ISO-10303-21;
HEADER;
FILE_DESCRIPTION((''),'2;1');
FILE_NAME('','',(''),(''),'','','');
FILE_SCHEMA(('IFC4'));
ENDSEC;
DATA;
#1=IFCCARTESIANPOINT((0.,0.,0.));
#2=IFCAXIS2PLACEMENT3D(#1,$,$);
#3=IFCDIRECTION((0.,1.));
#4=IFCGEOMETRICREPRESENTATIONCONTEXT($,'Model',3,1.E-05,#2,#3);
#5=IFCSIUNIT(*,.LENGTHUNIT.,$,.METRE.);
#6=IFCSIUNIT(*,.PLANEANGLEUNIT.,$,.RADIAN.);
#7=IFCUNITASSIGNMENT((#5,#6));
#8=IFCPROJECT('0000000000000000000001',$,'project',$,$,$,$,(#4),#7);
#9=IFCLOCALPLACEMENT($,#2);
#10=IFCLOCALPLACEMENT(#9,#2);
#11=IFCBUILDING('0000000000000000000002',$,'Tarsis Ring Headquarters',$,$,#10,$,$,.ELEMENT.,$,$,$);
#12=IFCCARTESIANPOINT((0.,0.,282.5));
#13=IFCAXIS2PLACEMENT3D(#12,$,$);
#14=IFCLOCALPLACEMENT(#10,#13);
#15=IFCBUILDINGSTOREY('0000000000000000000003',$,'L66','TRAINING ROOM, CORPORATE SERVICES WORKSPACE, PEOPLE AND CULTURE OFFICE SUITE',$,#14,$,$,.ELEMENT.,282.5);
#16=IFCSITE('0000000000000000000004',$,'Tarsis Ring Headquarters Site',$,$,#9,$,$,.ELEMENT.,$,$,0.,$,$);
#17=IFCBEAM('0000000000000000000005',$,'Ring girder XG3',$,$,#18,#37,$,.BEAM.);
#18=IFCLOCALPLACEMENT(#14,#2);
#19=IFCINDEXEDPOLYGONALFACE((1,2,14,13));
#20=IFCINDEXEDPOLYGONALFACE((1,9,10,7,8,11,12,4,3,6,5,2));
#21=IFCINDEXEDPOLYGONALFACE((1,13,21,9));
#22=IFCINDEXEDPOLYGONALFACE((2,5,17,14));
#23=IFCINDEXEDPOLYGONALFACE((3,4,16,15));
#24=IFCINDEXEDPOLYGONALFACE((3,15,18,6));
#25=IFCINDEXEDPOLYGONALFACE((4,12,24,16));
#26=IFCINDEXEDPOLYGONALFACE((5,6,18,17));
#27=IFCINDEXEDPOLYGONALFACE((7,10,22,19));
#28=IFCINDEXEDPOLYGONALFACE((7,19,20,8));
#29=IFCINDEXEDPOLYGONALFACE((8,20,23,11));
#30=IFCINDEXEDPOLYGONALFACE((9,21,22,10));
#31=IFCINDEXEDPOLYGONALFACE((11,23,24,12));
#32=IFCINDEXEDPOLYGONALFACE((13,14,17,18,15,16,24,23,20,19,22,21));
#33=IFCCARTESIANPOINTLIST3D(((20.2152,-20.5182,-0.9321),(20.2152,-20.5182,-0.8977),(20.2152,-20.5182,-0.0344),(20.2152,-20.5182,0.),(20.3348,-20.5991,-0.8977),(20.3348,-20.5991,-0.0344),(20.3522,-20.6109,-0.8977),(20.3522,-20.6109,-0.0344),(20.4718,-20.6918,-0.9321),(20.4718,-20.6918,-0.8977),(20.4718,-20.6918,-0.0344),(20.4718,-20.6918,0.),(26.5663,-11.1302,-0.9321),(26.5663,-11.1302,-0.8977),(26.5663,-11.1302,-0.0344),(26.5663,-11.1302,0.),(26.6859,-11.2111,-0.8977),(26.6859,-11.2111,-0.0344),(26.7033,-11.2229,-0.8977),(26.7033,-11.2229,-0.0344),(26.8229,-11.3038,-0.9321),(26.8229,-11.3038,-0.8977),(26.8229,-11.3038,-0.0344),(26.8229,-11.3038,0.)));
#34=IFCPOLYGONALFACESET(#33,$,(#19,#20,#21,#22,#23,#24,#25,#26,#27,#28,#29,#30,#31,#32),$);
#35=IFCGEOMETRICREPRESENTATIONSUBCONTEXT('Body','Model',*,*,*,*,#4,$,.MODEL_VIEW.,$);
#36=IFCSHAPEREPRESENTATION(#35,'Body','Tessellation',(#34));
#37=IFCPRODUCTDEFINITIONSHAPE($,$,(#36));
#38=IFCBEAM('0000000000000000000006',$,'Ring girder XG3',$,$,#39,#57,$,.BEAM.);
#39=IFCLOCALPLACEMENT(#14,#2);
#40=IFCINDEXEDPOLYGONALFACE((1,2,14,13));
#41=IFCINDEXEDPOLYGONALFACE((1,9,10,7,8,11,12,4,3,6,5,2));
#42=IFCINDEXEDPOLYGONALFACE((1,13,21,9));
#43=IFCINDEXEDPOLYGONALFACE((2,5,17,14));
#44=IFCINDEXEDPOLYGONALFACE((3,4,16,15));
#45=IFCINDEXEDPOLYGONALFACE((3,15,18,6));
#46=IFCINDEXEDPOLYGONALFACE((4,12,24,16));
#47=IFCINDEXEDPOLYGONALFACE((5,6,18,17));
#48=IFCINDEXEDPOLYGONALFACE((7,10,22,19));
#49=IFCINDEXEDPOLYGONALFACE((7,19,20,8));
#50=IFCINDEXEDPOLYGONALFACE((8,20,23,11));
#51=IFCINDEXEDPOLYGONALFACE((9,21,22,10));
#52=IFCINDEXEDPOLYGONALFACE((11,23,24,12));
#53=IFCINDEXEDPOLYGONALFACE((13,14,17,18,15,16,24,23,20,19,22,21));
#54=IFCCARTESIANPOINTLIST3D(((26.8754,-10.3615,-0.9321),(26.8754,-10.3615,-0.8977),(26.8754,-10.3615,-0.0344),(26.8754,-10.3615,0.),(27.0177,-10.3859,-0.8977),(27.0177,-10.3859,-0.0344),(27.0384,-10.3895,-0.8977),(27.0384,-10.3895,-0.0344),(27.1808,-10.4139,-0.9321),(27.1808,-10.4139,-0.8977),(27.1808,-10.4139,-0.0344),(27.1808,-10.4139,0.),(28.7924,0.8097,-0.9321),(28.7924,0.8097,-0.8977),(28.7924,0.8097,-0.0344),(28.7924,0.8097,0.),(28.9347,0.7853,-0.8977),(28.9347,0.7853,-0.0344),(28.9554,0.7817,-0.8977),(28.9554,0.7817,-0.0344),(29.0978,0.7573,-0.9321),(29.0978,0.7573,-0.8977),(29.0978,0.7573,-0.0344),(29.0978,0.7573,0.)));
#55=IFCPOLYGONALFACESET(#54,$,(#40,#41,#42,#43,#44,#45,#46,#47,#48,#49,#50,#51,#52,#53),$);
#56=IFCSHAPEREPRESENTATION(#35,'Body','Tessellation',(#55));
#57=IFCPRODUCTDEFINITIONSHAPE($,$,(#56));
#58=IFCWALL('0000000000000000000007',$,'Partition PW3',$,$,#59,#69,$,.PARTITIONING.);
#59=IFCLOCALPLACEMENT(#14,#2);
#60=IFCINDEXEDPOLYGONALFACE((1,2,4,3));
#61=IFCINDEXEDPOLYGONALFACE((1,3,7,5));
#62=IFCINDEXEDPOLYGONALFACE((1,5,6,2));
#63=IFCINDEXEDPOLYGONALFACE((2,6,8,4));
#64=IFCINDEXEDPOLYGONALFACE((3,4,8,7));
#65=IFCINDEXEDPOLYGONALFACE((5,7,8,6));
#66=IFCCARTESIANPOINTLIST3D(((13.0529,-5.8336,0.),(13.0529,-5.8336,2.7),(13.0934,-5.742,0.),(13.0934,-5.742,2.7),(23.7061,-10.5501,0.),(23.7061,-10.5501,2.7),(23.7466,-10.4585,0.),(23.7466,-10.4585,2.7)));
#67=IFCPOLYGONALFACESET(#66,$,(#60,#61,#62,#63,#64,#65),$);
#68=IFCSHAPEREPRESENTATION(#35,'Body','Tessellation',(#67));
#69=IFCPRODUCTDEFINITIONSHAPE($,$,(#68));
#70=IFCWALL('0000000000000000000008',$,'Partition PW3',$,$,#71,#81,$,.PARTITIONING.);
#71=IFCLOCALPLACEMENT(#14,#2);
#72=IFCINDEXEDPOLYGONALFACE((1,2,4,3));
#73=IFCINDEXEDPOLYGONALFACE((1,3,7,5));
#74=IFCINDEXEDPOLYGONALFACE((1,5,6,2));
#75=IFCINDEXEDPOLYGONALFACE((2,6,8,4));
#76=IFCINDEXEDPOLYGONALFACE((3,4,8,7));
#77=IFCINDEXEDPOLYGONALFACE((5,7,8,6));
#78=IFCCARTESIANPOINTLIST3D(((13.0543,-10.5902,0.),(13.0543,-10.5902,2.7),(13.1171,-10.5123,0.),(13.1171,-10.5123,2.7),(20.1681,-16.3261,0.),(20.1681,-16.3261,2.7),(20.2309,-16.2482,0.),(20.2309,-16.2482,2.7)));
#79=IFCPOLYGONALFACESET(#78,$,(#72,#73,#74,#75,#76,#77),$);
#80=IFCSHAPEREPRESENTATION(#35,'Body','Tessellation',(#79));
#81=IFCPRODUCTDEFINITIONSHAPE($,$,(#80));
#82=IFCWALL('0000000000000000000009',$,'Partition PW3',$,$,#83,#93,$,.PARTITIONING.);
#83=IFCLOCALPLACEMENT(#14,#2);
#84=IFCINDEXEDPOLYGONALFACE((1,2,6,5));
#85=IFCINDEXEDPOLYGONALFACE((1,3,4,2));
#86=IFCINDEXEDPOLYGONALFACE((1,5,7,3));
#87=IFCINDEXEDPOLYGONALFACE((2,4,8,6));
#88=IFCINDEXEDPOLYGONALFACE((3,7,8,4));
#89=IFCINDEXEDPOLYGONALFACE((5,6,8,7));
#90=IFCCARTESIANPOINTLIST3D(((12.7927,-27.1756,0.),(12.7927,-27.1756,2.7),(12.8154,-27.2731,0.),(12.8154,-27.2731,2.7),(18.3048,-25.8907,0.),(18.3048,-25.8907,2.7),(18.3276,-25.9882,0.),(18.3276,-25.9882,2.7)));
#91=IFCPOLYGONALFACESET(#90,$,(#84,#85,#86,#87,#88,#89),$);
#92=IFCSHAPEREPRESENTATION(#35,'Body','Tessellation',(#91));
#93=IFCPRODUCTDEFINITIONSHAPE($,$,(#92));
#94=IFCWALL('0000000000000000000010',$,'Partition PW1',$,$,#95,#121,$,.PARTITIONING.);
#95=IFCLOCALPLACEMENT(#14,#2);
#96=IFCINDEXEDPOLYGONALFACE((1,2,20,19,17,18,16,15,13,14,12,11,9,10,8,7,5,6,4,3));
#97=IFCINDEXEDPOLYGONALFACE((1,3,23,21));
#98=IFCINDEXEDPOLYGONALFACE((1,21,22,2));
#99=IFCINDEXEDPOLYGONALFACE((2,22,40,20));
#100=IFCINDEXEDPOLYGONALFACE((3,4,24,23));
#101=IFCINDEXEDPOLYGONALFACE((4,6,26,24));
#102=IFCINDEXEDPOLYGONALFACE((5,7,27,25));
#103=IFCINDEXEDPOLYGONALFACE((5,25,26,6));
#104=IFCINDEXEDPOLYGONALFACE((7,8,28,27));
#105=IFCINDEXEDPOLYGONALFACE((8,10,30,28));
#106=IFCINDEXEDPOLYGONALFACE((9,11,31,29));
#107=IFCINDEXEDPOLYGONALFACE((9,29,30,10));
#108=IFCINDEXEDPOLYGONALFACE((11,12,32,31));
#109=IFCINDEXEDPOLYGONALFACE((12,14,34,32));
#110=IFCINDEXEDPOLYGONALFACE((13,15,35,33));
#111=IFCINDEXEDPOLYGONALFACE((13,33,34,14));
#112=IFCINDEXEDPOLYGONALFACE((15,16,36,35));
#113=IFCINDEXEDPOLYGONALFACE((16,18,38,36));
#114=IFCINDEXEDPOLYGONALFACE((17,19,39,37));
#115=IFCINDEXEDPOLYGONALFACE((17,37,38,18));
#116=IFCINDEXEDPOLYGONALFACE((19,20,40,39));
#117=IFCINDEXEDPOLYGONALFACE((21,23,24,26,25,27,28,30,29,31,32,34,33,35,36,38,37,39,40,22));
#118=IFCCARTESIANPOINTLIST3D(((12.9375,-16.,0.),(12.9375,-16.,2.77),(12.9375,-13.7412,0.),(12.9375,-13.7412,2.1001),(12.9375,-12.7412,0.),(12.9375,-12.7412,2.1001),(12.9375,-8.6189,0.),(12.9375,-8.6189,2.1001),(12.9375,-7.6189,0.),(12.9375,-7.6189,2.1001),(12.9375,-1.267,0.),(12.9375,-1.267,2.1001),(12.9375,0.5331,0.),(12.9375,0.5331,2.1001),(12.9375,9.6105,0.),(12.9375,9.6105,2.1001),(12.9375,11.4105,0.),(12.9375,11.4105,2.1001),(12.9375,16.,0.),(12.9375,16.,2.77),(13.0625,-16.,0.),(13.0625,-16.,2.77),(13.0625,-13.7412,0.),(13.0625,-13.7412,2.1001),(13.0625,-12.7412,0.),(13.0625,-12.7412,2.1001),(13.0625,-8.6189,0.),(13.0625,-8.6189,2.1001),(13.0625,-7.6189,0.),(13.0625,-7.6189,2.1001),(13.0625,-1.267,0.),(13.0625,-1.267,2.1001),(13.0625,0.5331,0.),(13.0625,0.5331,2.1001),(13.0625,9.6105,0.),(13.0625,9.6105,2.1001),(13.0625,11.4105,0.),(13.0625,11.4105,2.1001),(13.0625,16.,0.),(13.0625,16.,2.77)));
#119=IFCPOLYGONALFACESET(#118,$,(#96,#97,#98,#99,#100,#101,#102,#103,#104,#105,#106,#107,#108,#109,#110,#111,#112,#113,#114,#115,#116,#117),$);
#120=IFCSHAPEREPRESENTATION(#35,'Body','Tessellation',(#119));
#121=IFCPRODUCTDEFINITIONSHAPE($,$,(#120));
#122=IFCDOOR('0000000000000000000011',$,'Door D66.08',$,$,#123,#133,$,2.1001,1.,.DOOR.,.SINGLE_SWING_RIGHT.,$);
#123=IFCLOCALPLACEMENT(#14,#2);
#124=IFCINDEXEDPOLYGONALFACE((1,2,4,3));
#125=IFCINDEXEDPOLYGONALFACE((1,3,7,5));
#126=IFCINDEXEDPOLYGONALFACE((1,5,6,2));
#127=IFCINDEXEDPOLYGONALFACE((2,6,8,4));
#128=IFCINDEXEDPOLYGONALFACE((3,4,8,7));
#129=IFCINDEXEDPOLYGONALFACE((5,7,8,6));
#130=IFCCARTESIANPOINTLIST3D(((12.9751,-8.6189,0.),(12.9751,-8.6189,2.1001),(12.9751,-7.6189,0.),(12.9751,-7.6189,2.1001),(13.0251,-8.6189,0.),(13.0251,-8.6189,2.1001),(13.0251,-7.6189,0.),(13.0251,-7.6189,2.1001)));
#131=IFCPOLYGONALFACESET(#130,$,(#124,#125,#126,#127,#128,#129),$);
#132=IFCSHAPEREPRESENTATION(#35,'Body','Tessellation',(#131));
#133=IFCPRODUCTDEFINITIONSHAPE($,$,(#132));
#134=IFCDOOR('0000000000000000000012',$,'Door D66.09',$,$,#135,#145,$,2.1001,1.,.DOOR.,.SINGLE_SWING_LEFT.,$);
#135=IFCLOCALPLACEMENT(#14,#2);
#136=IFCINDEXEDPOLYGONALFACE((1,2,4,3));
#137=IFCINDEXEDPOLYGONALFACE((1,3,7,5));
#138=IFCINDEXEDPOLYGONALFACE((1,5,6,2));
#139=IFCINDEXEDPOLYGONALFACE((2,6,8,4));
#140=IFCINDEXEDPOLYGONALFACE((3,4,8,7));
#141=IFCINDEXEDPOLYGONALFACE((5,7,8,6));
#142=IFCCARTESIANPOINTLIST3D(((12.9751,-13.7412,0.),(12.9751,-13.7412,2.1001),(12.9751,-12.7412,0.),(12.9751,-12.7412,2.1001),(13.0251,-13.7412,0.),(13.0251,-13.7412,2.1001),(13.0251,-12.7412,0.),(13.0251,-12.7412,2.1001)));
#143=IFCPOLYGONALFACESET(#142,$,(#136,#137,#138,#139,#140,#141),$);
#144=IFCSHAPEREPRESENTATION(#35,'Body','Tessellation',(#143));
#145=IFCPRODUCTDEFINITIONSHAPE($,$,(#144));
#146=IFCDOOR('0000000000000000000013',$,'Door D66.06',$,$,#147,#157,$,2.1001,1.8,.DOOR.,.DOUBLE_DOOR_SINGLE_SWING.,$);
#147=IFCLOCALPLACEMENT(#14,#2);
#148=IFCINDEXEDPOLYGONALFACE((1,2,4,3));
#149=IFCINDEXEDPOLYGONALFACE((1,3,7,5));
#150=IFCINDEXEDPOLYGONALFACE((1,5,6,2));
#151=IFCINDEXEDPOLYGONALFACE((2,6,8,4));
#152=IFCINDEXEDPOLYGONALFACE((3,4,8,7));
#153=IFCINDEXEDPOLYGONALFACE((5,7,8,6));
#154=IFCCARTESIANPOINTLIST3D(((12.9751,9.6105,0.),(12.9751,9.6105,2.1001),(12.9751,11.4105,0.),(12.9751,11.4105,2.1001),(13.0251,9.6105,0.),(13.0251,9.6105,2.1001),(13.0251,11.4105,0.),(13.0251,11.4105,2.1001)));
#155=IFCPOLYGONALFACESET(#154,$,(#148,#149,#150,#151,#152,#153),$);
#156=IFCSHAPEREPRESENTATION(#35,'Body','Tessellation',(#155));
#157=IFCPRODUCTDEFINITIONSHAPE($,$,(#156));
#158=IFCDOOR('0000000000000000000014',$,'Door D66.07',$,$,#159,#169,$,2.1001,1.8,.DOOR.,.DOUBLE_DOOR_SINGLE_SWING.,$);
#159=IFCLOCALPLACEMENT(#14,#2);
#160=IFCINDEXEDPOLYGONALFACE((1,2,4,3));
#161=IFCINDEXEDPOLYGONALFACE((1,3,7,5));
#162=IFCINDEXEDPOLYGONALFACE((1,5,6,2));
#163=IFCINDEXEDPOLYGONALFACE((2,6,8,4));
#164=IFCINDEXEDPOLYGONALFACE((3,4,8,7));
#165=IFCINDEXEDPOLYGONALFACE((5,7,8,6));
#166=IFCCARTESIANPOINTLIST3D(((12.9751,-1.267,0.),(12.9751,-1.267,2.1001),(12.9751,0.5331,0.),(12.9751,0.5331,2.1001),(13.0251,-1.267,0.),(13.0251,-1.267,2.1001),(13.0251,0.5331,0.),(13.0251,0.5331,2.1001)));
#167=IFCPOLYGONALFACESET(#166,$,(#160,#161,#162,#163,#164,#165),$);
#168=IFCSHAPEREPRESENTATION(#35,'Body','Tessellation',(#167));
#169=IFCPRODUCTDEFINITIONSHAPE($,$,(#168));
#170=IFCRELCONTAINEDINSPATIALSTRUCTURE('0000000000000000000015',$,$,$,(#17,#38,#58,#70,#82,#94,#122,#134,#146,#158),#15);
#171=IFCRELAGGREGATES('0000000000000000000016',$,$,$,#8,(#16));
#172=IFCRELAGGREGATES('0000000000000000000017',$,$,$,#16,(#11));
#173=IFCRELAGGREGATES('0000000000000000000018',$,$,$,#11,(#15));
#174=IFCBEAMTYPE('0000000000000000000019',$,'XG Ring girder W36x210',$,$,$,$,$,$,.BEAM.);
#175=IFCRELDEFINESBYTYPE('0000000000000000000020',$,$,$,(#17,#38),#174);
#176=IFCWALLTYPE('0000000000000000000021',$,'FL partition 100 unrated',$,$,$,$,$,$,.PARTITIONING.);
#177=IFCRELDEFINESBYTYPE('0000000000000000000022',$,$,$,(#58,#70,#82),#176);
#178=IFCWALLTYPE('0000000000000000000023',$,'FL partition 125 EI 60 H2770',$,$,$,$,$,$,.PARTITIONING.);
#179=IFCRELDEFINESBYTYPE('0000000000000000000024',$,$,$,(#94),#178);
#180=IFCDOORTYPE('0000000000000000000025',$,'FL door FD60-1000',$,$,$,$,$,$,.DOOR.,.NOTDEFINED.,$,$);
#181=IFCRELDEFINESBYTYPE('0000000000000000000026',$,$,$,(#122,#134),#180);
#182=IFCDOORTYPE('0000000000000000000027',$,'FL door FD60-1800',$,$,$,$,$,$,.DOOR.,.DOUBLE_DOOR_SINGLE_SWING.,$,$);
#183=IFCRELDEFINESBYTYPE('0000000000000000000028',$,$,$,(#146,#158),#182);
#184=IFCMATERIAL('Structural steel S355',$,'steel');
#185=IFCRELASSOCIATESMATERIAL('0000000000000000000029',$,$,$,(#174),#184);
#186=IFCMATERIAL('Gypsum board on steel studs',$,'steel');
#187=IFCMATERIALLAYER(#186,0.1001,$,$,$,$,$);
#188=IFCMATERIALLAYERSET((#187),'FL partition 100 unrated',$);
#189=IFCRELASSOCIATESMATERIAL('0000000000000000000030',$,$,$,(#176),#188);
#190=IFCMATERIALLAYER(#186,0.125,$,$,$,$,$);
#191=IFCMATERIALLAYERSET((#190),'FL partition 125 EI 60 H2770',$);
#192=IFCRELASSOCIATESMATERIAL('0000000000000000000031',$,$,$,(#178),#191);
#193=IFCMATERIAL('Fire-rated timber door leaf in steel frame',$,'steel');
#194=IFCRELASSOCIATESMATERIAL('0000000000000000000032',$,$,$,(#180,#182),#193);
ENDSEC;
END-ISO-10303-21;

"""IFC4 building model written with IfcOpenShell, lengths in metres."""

from ifc_helpers import new_model, si_unit, direction, frame, frame_2d, origin, origin_2d, place, context, subcontext, project, spatial, rectangle, i_section, extrude, material, layer, layer_set, material_profile, profile_set, type_object, element, fill, save


model = new_model("IFC4")

# Units and contexts
model_context = context("Model", 3, precision=1e-05, world=origin(), true_north=direction((0.0, 1.0)))
body_context = subcontext(model_context, "Body", "Model", "MODEL_VIEW")
ifc_project = project(units=[si_unit("LENGTHUNIT", "METRE"), si_unit("PLANEANGLEUNIT", "RADIAN")], contexts=[model_context])

# Site, building, storey
site_placement = place(None, origin())
site = spatial("IfcSite", under=ifc_project, at=site_placement, Name="Tarsis Ring Headquarters Site", CompositionType="ELEMENT", RefElevation=0.0)
building_placement = place(site_placement, origin())
building = spatial("IfcBuilding", under=site, at=building_placement, Name="Tarsis Ring Headquarters", CompositionType="ELEMENT")
storey_placement = place(building_placement, frame((0.0, 0.0, 282.5)))
storey = spatial("IfcBuildingStorey", under=building, at=storey_placement, Name="L66", Description="TRAINING ROOM, CORPORATE SERVICES WORKSPACE, PEOPLE AND CULTURE OFFICE SUITE", CompositionType="ELEMENT", Elevation=282.5)

# Shared definitions
ifc_material_1 = material(Name="Structural steel S355", Category="steel")

# Beams
ifc_material_profile_1 = material_profile(ifc_material_1, i_section(OverallWidth=0.3098, OverallDepth=0.9321, WebThickness=0.021, FlangeThickness=0.0344, at=origin_2d()), Name="W36x210")
ifc_profile_set_1 = profile_set([ifc_material_profile_1], Name="Structural steel S355")
beam_type_1 = type_object("IfcBeamType", Name="XG Ring girder W36x210", PredefinedType="BEAM", material=ifc_profile_set_1)
for number, where, z_axis, x_axis, name in (
    (1, (20.3435, -20.605, -0.4661), (0.560334, 0.828267, 0.0), (-0.828267, 0.560334, 0.0), "Ring girder XG3"),
    (2, (27.0281, -10.3877, -0.4661), (0.16913, 0.985594, 0.0), (-0.985594, 0.16913, 0.0), "Ring girder XG3"),
):
    element("IfcBeam", number, at=place(storey_placement, frame(where, z_axis=z_axis, x_axis=x_axis)), inside=storey, type_object=beam_type_1, Name=name, PredefinedType="BEAM", context=body_context, shape_type="SweptSolid", body=[
        extrude(i_section(OverallWidth=0.3098, OverallDepth=0.9321, WebThickness=0.021, FlangeThickness=0.0344, at=origin_2d()), origin(), (0.0, 0.0, 1.0), 11.3345),
    ])

# Walls
ifc_material_2 = material(Name="Gypsum board on steel studs", Category="steel")
ifc_layer_1 = layer(ifc_material_2, 0.1001)
ifc_layer_set_1 = layer_set([ifc_layer_1], Name="FL partition 100 unrated")
wall_type_1 = type_object("IfcWallType", Name="FL partition 100 unrated", PredefinedType="PARTITIONING", material=ifc_layer_set_1)
wall_1_placement = place(storey_placement, frame((13.0732, -5.7878, 0.0), z_axis=(0.0, 0.0, 1.0), x_axis=(0.914392, -0.40483, 0.0)))
element("IfcWall", 3, at=wall_1_placement, inside=storey, type_object=wall_type_1, Name="Partition PW3", PredefinedType="PARTITIONING", context=body_context, shape_type="SweptSolid", body=[
    extrude(rectangle(XDim=11.6506, YDim=0.1001, at=frame_2d((5.8252, 0.0))), origin(), (0.0, 0.0, 1.0), 2.7),
])
wall_2_placement = place(storey_placement, frame((13.0857, -10.5513, 0.0), z_axis=(0.0, 0.0, 1.0), x_axis=(0.77847, -0.627681, 0.0)))
element("IfcWall", 4, at=wall_2_placement, inside=storey, type_object=wall_type_1, Name="Partition PW3", PredefinedType="PARTITIONING", context=body_context, shape_type="SweptSolid", body=[
    extrude(rectangle(XDim=9.1382, YDim=0.1001, at=frame_2d((4.5691, 0.0))), origin(), (0.0, 0.0, 1.0), 2.7),
])
wall_3_placement = place(storey_placement, frame((12.804, -27.2244, 0.0), z_axis=(0.0, 0.0, 1.0), x_axis=(0.973891, 0.227017, 0.0)))
element("IfcWall", 5, at=wall_3_placement, inside=storey, type_object=wall_type_1, Name="Partition PW3", PredefinedType="PARTITIONING", context=body_context, shape_type="SweptSolid", body=[
    extrude(rectangle(XDim=5.6599, YDim=0.1001, at=frame_2d((2.8301, 0.0))), origin(), (0.0, 0.0, 1.0), 2.7),
])

# Wall, openings, doors
ifc_layer_2 = layer(ifc_material_2, 0.125)
ifc_layer_set_2 = layer_set([ifc_layer_2], Name="FL partition 125 EI 60 H2770")
wall_type_2 = type_object("IfcWallType", Name="FL partition 125 EI 60 H2770", PredefinedType="PARTITIONING", material=ifc_layer_set_2)
wall_4_placement = place(storey_placement, frame((13.0, -16.0, 0.0), z_axis=(0.0, 0.0, 1.0), x_axis=(0.0, 1.0, 0.0)))
wall_4 = element("IfcWall", 6, at=wall_4_placement, inside=storey, type_object=wall_type_2, Name="Partition PW1", PredefinedType="PARTITIONING", context=body_context, shape_type="SweptSolid", body=[
    extrude(rectangle(XDim=32.0, YDim=0.125, at=frame_2d((16.0, 0.0))), origin(), (0.0, 0.0, 1.0), 2.77),
])
opening_1_placement = place(wall_4_placement, frame((25.6106, 0.0, 0.0)))
opening_1 = element("IfcOpeningElement", 7, at=opening_1_placement, cuts=wall_4, PredefinedType="OPENING", context=body_context, shape_type="SweptSolid", body=[
    extrude(rectangle(XDim=1.8, YDim=2.1001, at=frame_2d((0.8999, 1.05))), frame((0.0, 0.0725, 0.0), z_axis=(0.0, -1.0, 0.0), x_axis=(1.0, 0.0, 0.0)), (0.0, 0.0, 1.0), 0.145),
])
opening_2_placement = place(wall_4_placement, frame((14.7332, 0.0, 0.0)))
opening_2 = element("IfcOpeningElement", 8, at=opening_2_placement, cuts=wall_4, PredefinedType="OPENING", context=body_context, shape_type="SweptSolid", body=[
    extrude(rectangle(XDim=1.8, YDim=2.1001, at=frame_2d((0.8999, 1.05))), frame((0.0, 0.0725, 0.0), z_axis=(0.0, -1.0, 0.0), x_axis=(1.0, 0.0, 0.0)), (0.0, 0.0, 1.0), 0.145),
])
opening_3_placement = place(wall_4_placement, frame((7.3811, 0.0, 0.0)))
opening_3 = element("IfcOpeningElement", 9, at=opening_3_placement, cuts=wall_4, PredefinedType="OPENING", context=body_context, shape_type="SweptSolid", body=[
    extrude(rectangle(XDim=1.0, YDim=2.1001, at=frame_2d((0.5, 1.05))), frame((0.0, 0.0725, 0.0), z_axis=(0.0, -1.0, 0.0), x_axis=(1.0, 0.0, 0.0)), (0.0, 0.0, 1.0), 0.145),
])
opening_4_placement = place(wall_4_placement, frame((2.2588, 0.0, 0.0)))
opening_4 = element("IfcOpeningElement", 10, at=opening_4_placement, cuts=wall_4, PredefinedType="OPENING", context=body_context, shape_type="SweptSolid", body=[
    extrude(rectangle(XDim=1.0, YDim=2.1001, at=frame_2d((0.5, 1.05))), frame((0.0, 0.0725, 0.0), z_axis=(0.0, -1.0, 0.0), x_axis=(1.0, 0.0, 0.0)), (0.0, 0.0, 1.0), 0.145),
])
ifc_material_3 = material(Name="Fire-rated timber door leaf in steel frame", Category="steel")
door_type_1 = type_object("IfcDoorType", Name="FL door FD60-1000", OperationType="NOTDEFINED", PredefinedType="DOOR", material=ifc_material_3)
door_1_placement = place(opening_3_placement, origin())
door_1 = element("IfcDoor", 11, at=door_1_placement, inside=storey, type_object=door_type_1, Name="Door D66.08", OperationType="SINGLE_SWING_RIGHT", OverallHeight=2.1001, OverallWidth=1.0, PredefinedType="DOOR", context=body_context, shape_type="SweptSolid", body=[
    extrude(rectangle(XDim=1.0, YDim=2.1001, at=frame_2d((0.5, 1.05))), frame((0.0, 0.0249, 0.0), z_axis=(0.0, -1.0, 0.0), x_axis=(1.0, 0.0, 0.0)), (0.0, 0.0, 1.0), 0.05),
])
fill(opening_3, door_1)
door_2_placement = place(opening_4_placement, origin())
door_2 = element("IfcDoor", 12, at=door_2_placement, inside=storey, type_object=door_type_1, Name="Door D66.09", OperationType="SINGLE_SWING_LEFT", OverallHeight=2.1001, OverallWidth=1.0, PredefinedType="DOOR", context=body_context, shape_type="SweptSolid", body=[
    extrude(rectangle(XDim=1.0, YDim=2.1001, at=frame_2d((0.5, 1.05))), frame((0.0, 0.0249, 0.0), z_axis=(0.0, -1.0, 0.0), x_axis=(1.0, 0.0, 0.0)), (0.0, 0.0, 1.0), 0.05),
])
fill(opening_4, door_2)
door_type_2 = type_object("IfcDoorType", Name="FL door FD60-1800", OperationType="DOUBLE_DOOR_SINGLE_SWING", PredefinedType="DOOR", material=ifc_material_3)
door_3_placement = place(opening_1_placement, origin())
door_3 = element("IfcDoor", 13, at=door_3_placement, inside=storey, type_object=door_type_2, Name="Door D66.06", OperationType="DOUBLE_DOOR_SINGLE_SWING", OverallHeight=2.1001, OverallWidth=1.8, PredefinedType="DOOR", context=body_context, shape_type="SweptSolid", body=[
    extrude(rectangle(XDim=1.8, YDim=2.1001, at=frame_2d((0.8999, 1.05))), frame((0.0, 0.0249, 0.0), z_axis=(0.0, -1.0, 0.0), x_axis=(1.0, 0.0, 0.0)), (0.0, 0.0, 1.0), 0.05),
])
fill(opening_1, door_3)
door_4_placement = place(opening_2_placement, origin())
door_4 = element("IfcDoor", 14, at=door_4_placement, inside=storey, type_object=door_type_2, Name="Door D66.07", OperationType="DOUBLE_DOOR_SINGLE_SWING", OverallHeight=2.1001, OverallWidth=1.8, PredefinedType="DOOR", context=body_context, shape_type="SweptSolid", body=[
    extrude(rectangle(XDim=1.8, YDim=2.1001, at=frame_2d((0.8999, 1.05))), frame((0.0, 0.0249, 0.0), z_axis=(0.0, -1.0, 0.0), x_axis=(1.0, 0.0, 0.0)), (0.0, 0.0, 1.0), 0.05),
])
fill(opening_2, door_4)

save(model, "model.ifc")
